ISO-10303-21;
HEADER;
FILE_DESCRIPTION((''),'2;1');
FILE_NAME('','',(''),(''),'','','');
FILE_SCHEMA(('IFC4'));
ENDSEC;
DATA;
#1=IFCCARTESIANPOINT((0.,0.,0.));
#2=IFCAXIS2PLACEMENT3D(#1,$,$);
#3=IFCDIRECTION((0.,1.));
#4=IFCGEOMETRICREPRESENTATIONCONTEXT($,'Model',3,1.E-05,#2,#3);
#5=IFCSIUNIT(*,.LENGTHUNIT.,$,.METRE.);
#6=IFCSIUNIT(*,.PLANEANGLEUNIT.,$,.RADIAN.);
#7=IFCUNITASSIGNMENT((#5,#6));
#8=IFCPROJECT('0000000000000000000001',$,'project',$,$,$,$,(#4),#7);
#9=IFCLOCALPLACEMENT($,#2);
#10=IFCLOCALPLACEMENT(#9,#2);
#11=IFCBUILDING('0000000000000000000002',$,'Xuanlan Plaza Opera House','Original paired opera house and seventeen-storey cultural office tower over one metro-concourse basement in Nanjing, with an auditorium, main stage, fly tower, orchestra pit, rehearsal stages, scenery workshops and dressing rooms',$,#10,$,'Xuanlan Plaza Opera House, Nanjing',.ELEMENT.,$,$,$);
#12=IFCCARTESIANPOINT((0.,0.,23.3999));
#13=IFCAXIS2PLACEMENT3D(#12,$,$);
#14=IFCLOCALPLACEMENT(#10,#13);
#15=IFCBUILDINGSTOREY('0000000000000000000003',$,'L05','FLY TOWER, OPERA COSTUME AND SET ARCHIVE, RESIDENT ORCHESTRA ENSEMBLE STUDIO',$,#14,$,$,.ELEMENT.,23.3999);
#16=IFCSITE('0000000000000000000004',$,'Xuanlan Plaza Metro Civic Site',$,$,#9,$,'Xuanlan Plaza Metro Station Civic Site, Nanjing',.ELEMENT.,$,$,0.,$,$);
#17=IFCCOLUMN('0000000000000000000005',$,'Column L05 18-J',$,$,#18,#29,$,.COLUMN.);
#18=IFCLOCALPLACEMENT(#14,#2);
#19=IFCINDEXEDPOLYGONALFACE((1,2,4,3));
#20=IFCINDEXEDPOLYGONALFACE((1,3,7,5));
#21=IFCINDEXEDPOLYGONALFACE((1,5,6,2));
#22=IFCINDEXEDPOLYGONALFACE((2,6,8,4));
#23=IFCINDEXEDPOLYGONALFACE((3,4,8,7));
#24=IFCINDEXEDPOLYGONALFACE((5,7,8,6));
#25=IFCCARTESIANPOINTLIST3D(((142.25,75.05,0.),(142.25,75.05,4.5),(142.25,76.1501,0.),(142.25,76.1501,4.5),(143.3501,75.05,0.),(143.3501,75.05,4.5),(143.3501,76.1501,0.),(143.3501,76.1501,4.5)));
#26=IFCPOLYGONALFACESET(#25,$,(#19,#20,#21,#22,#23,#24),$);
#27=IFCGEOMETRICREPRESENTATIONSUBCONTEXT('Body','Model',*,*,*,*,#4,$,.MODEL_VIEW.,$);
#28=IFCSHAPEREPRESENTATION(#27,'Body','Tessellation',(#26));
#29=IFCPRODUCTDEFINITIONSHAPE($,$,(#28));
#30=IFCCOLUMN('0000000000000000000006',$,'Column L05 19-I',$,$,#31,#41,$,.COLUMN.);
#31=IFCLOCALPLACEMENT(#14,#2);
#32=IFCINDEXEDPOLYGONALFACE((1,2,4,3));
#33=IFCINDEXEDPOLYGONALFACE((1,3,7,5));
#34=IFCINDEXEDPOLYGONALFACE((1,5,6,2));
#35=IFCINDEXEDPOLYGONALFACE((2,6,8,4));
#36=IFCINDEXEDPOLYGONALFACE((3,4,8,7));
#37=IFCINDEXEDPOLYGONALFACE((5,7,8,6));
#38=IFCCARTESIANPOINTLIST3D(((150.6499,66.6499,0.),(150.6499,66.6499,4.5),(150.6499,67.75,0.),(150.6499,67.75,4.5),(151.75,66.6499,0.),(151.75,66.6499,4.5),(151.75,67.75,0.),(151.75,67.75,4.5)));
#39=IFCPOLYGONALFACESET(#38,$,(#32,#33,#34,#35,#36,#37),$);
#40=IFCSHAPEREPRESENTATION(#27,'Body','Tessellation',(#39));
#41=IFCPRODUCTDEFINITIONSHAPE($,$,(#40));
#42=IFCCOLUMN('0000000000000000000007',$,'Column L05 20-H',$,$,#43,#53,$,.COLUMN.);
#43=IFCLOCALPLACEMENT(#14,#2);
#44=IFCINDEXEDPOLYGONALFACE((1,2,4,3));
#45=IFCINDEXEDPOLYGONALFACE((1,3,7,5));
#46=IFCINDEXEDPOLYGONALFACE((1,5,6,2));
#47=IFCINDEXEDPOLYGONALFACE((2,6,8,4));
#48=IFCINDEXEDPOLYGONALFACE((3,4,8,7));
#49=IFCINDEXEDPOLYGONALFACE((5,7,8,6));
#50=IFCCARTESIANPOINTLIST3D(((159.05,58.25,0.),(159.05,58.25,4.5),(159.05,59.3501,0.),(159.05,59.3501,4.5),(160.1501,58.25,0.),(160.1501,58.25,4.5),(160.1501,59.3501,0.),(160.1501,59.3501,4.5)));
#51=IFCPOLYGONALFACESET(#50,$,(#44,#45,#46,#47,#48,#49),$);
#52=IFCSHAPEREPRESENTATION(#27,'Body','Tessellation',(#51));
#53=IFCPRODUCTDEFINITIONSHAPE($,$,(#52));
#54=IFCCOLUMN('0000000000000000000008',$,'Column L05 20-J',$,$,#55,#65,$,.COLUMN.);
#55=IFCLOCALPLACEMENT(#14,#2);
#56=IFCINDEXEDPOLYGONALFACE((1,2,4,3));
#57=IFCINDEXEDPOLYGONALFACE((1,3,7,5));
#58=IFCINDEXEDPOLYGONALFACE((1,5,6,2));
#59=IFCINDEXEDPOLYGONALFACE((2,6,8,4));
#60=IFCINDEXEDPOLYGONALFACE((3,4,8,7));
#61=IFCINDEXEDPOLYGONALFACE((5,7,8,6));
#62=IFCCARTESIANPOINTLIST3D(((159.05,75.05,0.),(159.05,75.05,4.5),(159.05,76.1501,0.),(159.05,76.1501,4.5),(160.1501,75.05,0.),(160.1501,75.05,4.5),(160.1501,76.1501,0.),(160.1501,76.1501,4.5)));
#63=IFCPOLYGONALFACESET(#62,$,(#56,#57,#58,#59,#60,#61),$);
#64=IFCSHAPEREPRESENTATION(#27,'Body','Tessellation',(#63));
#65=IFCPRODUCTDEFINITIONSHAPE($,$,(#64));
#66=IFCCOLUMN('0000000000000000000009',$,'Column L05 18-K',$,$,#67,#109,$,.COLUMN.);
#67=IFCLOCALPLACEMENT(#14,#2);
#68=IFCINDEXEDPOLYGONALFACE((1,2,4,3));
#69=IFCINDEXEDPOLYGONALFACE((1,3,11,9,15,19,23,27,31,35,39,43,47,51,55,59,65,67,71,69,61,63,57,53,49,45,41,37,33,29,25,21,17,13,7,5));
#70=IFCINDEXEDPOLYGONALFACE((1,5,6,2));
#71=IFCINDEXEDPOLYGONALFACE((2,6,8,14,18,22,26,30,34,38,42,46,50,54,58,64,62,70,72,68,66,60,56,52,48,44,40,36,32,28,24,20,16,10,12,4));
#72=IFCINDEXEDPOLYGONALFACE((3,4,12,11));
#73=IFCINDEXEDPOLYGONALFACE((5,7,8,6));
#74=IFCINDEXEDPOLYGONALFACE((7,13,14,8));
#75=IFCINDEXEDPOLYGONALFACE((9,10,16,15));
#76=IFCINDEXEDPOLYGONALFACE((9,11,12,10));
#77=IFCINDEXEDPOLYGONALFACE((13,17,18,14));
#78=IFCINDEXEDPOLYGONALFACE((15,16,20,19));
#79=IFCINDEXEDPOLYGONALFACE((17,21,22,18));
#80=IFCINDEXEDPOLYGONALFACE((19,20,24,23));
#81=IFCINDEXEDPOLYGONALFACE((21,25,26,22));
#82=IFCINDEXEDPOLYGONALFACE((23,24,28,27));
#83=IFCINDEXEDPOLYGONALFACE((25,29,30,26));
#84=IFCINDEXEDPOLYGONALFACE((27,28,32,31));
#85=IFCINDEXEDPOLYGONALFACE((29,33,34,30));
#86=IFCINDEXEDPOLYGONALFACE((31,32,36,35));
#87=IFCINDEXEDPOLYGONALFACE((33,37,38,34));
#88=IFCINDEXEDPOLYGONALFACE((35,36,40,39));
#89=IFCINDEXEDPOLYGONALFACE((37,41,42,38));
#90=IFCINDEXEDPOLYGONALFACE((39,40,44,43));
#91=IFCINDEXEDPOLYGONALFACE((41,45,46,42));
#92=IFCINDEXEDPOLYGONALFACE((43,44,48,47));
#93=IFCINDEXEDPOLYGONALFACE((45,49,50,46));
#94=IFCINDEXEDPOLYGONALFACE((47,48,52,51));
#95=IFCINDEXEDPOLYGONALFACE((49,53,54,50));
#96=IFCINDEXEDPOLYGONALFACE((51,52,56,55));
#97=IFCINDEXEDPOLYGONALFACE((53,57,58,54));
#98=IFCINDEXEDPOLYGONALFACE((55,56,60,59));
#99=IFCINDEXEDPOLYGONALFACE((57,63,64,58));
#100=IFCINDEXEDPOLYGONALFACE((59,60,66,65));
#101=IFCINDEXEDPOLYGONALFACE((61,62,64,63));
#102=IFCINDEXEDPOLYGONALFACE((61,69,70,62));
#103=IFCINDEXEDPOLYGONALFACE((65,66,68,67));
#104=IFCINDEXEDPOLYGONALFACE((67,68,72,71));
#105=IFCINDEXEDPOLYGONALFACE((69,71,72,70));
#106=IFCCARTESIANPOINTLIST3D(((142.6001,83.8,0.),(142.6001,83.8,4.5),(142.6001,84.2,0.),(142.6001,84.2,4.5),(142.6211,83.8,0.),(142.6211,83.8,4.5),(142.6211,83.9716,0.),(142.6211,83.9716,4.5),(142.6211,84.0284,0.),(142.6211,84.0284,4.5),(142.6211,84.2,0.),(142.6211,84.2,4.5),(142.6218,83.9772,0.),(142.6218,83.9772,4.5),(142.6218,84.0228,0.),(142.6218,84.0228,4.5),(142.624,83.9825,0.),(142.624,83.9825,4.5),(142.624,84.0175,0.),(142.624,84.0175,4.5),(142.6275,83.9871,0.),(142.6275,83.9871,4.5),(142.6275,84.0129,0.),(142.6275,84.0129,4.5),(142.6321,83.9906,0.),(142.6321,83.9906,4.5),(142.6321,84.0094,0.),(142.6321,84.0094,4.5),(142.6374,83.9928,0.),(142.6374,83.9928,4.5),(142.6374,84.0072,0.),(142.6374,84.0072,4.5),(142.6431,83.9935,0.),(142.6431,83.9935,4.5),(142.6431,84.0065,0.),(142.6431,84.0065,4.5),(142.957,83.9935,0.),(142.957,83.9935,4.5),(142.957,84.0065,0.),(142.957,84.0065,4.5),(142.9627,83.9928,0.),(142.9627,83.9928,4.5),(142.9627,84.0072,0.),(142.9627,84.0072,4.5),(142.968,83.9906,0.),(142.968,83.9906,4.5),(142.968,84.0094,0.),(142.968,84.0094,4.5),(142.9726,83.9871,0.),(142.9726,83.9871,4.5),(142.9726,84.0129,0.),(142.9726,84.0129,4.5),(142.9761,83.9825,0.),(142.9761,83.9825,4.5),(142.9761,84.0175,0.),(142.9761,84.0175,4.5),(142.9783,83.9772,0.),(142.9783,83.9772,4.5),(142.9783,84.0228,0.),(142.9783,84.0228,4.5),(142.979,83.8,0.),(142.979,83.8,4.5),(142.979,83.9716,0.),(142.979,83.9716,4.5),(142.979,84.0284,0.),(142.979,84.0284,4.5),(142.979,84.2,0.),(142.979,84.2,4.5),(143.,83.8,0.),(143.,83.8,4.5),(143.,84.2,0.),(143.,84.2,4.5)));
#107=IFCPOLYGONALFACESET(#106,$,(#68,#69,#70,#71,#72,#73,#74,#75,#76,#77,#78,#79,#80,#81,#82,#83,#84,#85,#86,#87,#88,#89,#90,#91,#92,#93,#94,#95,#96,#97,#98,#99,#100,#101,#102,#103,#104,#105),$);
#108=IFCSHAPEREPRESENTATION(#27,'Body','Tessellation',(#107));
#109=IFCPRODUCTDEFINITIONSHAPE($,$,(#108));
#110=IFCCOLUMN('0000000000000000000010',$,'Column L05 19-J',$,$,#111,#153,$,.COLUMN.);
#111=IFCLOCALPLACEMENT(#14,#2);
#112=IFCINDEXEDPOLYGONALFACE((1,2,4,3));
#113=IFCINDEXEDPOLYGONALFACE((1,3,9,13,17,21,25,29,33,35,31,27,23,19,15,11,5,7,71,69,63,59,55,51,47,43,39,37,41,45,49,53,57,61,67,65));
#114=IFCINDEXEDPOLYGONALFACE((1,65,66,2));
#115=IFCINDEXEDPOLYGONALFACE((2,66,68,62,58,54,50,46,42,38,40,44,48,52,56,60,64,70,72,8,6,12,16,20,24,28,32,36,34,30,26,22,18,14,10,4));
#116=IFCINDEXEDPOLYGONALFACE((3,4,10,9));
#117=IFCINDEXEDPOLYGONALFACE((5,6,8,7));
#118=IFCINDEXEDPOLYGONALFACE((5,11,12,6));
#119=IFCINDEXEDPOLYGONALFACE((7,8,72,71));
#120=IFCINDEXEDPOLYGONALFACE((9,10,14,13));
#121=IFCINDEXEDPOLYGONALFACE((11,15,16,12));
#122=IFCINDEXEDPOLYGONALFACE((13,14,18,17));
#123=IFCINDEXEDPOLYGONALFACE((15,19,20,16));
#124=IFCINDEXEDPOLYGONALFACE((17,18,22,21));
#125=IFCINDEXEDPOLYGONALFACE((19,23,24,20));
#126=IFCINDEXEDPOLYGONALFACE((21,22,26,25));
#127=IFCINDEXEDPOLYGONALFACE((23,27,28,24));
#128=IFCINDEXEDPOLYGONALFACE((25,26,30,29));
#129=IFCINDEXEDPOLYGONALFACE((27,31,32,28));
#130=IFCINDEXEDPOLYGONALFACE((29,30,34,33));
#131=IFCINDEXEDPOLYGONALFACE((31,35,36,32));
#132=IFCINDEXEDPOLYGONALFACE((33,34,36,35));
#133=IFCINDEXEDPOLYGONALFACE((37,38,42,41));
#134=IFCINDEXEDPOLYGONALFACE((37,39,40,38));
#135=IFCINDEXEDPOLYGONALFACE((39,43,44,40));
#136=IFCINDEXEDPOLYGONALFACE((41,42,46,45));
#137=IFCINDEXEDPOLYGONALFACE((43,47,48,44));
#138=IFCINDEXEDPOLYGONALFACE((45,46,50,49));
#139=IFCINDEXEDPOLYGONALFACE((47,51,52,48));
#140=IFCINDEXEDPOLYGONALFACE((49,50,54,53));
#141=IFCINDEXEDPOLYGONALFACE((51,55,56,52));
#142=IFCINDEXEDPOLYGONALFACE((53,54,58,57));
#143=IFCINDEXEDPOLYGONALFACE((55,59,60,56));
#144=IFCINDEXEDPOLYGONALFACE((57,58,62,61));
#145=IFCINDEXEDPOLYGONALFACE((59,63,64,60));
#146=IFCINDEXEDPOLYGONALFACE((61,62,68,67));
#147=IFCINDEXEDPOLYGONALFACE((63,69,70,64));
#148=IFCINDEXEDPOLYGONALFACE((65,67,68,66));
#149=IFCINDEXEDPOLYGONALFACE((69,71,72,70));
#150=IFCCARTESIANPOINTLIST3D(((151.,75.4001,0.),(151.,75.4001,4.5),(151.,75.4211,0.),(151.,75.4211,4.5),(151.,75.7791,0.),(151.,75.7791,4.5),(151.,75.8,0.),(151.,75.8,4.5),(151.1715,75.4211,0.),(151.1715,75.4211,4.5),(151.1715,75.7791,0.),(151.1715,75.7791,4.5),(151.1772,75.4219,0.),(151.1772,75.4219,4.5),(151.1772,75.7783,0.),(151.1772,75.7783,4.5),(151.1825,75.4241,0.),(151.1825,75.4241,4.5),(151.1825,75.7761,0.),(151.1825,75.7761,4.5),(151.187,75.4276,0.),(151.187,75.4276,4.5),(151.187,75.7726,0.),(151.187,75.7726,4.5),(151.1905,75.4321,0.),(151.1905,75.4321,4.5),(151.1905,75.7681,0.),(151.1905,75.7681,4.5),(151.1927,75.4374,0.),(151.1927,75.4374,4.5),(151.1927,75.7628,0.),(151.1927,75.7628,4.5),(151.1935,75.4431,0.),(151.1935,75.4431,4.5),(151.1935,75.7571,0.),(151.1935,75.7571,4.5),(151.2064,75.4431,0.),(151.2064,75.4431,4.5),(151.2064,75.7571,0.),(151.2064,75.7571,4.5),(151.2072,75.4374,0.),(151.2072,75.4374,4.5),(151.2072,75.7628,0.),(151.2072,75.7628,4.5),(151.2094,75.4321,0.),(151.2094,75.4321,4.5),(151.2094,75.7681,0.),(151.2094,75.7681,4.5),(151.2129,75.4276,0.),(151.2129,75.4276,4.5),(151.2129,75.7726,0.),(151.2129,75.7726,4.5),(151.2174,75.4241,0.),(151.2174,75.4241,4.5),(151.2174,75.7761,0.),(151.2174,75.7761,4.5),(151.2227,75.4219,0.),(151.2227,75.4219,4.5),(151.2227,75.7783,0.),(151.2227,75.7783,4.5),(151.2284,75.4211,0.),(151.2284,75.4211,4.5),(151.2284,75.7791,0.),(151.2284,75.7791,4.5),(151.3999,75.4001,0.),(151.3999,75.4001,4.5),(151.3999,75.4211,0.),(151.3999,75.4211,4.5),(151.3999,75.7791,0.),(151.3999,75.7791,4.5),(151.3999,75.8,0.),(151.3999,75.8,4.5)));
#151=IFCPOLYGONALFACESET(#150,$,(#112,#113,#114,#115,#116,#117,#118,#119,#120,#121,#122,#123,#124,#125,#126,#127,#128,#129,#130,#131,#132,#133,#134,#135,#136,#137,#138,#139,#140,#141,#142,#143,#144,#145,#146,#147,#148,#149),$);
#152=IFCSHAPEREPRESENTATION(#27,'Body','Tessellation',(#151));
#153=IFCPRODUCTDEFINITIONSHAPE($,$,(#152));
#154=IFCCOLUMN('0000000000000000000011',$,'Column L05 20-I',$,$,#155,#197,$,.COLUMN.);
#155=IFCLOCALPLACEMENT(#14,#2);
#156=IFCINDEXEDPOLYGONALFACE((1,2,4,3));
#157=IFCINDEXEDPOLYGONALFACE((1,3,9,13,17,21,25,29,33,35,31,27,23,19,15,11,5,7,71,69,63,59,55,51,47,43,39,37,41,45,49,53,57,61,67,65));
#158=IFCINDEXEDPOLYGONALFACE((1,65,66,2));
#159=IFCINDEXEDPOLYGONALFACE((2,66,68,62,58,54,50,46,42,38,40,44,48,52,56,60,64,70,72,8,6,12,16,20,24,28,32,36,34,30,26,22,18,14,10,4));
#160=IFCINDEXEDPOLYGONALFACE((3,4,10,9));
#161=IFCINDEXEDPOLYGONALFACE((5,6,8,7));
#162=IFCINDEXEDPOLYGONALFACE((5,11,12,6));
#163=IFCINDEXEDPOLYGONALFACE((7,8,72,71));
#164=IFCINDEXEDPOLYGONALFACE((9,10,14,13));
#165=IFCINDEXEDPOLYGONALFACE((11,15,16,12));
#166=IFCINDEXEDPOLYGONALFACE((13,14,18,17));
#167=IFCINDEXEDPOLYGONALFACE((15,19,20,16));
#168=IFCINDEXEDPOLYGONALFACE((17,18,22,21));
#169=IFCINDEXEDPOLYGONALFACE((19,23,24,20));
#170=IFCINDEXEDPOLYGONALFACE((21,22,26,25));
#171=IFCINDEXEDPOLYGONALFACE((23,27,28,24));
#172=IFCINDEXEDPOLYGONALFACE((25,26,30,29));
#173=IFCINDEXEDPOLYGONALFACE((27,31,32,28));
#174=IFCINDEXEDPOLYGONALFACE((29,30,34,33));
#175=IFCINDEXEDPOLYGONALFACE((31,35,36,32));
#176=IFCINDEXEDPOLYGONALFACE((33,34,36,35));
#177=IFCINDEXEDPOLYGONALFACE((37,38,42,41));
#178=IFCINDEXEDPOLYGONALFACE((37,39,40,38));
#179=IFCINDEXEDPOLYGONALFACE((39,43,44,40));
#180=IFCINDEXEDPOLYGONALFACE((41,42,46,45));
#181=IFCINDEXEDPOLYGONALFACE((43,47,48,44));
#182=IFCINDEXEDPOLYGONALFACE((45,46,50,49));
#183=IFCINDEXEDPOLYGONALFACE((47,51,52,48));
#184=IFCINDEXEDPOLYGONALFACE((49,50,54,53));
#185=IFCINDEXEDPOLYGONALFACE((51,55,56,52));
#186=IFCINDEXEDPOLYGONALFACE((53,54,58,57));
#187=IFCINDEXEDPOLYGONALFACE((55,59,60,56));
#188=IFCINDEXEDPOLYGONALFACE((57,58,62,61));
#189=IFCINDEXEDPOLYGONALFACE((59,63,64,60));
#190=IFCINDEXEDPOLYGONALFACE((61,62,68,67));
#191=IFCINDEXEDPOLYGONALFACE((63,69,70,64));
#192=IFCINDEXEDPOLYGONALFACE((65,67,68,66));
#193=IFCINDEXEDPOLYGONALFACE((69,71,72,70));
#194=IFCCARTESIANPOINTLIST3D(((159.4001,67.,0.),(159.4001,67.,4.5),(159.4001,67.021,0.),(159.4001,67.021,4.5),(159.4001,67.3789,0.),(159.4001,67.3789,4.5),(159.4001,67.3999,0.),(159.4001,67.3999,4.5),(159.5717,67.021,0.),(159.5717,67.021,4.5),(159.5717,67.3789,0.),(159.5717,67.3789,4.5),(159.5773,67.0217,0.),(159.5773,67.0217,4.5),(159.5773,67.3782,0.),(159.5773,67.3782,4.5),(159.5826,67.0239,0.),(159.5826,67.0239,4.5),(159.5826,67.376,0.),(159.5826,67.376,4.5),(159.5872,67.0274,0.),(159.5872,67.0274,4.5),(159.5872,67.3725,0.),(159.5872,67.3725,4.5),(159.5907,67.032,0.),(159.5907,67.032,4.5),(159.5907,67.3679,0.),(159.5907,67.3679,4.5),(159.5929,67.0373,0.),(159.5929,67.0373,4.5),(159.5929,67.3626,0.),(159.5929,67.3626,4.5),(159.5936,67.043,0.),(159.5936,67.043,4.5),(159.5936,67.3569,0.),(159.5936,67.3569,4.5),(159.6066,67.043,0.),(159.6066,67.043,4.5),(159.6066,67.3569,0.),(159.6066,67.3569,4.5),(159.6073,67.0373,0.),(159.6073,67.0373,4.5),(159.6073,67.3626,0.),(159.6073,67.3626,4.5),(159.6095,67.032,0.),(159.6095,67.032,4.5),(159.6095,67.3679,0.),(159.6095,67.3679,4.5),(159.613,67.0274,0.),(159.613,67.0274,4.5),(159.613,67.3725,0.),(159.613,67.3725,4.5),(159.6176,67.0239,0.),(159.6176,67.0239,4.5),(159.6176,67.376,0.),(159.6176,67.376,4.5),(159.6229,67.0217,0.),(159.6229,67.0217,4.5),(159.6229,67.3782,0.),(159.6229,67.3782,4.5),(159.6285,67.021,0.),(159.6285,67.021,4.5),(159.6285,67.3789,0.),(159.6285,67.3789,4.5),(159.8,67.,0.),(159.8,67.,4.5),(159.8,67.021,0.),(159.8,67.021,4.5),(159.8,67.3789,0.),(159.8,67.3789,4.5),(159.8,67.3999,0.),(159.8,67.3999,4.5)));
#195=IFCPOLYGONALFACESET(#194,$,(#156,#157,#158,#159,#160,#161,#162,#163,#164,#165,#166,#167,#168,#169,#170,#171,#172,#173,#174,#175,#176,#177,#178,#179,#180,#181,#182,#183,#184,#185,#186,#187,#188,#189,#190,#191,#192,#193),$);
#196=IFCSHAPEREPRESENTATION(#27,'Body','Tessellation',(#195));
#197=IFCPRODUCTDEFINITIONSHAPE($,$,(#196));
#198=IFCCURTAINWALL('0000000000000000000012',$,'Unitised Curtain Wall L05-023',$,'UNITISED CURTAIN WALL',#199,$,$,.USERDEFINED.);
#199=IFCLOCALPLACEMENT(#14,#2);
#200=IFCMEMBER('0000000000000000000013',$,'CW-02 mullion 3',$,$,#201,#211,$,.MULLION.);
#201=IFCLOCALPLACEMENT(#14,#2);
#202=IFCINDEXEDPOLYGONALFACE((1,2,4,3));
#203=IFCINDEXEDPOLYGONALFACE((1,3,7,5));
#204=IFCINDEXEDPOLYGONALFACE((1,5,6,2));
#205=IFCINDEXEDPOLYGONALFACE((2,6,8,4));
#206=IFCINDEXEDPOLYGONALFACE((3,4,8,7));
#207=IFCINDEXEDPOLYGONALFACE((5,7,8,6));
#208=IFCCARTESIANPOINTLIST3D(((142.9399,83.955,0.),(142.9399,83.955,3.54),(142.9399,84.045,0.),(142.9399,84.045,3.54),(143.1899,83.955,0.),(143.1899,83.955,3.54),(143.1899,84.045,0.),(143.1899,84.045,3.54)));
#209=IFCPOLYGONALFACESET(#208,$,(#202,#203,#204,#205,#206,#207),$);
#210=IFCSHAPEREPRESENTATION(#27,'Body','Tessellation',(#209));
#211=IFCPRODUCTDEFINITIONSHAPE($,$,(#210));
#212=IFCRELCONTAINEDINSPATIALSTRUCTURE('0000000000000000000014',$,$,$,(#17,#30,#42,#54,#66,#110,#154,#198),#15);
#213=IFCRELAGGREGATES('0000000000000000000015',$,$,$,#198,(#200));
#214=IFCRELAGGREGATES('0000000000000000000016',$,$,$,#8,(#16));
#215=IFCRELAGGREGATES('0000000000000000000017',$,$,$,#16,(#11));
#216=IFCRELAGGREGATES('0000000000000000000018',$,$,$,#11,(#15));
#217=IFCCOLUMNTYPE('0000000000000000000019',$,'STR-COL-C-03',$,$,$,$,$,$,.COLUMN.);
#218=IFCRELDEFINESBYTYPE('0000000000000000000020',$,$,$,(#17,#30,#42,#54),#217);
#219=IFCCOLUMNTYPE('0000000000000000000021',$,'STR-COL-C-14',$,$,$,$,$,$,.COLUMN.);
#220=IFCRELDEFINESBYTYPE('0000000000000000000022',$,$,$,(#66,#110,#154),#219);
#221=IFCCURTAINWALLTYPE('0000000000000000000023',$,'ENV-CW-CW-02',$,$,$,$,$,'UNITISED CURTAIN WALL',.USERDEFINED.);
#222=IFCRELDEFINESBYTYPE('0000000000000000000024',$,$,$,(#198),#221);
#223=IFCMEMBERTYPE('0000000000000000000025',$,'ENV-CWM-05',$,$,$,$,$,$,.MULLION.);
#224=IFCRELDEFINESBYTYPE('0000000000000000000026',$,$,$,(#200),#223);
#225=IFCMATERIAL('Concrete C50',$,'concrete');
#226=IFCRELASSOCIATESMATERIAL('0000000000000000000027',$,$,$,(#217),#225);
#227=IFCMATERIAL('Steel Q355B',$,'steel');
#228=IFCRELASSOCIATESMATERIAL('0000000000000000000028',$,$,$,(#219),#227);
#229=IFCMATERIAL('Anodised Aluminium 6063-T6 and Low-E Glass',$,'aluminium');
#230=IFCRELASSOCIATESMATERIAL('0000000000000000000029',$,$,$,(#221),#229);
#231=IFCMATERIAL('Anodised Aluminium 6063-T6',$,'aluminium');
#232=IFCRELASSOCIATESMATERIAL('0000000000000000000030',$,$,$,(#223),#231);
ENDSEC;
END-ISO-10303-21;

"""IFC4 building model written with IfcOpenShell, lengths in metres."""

from ifc_helpers import new_model, si_unit, direction, frame, origin, origin_2d, place, context, subcontext, project, spatial, rectangle, i_section, extrude, material, material_profile, profile_set, type_object, element, aggregate, save


model = new_model("IFC4")

# Units and contexts
model_context = context("Model", 3, precision=1e-05, world=origin(), true_north=direction((0.0, 1.0)))
body_context = subcontext(model_context, "Body", "Model", "MODEL_VIEW")
ifc_project = project(units=[si_unit("LENGTHUNIT", "METRE"), si_unit("PLANEANGLEUNIT", "RADIAN")], contexts=[model_context])

# Site, building, storey
site_placement = place(None, origin())
site = spatial("IfcSite", under=ifc_project, at=site_placement, Name="Xuanlan Plaza Metro Civic Site", LongName="Xuanlan Plaza Metro Station Civic Site, Nanjing", CompositionType="ELEMENT", RefElevation=0.0)
building_placement = place(site_placement, origin())
building = spatial("IfcBuilding", under=site, at=building_placement, Name="Xuanlan Plaza Opera House", Description="Original paired opera house and seventeen-storey cultural office tower over one metro-concourse basement in Nanjing, with an auditorium, main stage, fly tower, orchestra pit, rehearsal stages, scenery workshops and dressing rooms", LongName="Xuanlan Plaza Opera House, Nanjing", CompositionType="ELEMENT")
storey_placement = place(building_placement, frame((0.0, 0.0, 23.3999)))
storey = spatial("IfcBuildingStorey", under=building, at=storey_placement, Name="L05", Description="FLY TOWER, OPERA COSTUME AND SET ARCHIVE, RESIDENT ORCHESTRA ENSEMBLE STUDIO", CompositionType="ELEMENT", Elevation=23.3999)

# Columns
ifc_material_1 = material(Name="Concrete C50", Category="concrete")
ifc_material_profile_1 = material_profile(ifc_material_1, rectangle(XDim=1.1001, YDim=1.1001, at=origin_2d()), Name="RC-COL 1100x1100")
ifc_profile_set_1 = profile_set([ifc_material_profile_1], Name="Concrete C50")
column_type_1 = type_object("IfcColumnType", Name="STR-COL-C-03", PredefinedType="COLUMN", material=ifc_profile_set_1)
for number, where, z_axis, x_axis, name in (
    (1, (142.8, 75.6001, 0.0), (0.0, 0.0, 1.0), (1.0, 0.0, 0.0), "Column L05 18-J"),
    (2, (151.2, 67.2, 0.0), (0.0, 0.0, 1.0), (1.0, 0.0, 0.0), "Column L05 19-I"),
    (3, (159.6001, 58.8, 0.0), (0.0, 0.0, 1.0), (1.0, 0.0, 0.0), "Column L05 20-H"),
    (4, (159.6001, 75.6001, 0.0), (0.0, 0.0, 1.0), (1.0, 0.0, 0.0), "Column L05 20-J"),
):
    element("IfcColumn", number, at=place(storey_placement, frame(where, z_axis=z_axis, x_axis=x_axis)), inside=storey, type_object=column_type_1, Name=name, PredefinedType="COLUMN", context=body_context, shape_type="SweptSolid", body=[
        extrude(rectangle(XDim=1.1001, YDim=1.1001, at=origin_2d()), origin(), (0.0, 0.0, 1.0), 4.5),
    ])
ifc_material_2 = material(Name="Steel Q355B", Category="steel")
ifc_material_profile_2 = material_profile(ifc_material_2, i_section(OverallWidth=0.3999, OverallDepth=0.3999, WebThickness=0.0129, FlangeThickness=0.021, FilletRadius=0.022, at=origin_2d()), Name="HW 400x400x13x21")
ifc_profile_set_2 = profile_set([ifc_material_profile_2], Name="Steel Q355B")
column_type_2 = type_object("IfcColumnType", Name="STR-COL-C-14", PredefinedType="COLUMN", material=ifc_profile_set_2)
for number, where, z_axis, x_axis, name in (
    (5, (142.8, 84.0, 0.0), (0.0, 0.0, 1.0), (0.0, 1.0, 0.0), "Column L05 18-K"),
    (6, (151.2, 75.6001, 0.0), (0.0, 0.0, 1.0), (1.0, 0.0, 0.0), "Column L05 19-J"),
    (7, (159.6001, 67.2, 0.0), (0.0, 0.0, 1.0), (1.0, 0.0, 0.0), "Column L05 20-I"),
):
    element("IfcColumn", number, at=place(storey_placement, frame(where, z_axis=z_axis, x_axis=x_axis)), inside=storey, type_object=column_type_2, Name=name, PredefinedType="COLUMN", context=body_context, shape_type="SweptSolid", body=[
        extrude(i_section(OverallWidth=0.3999, OverallDepth=0.3999, WebThickness=0.0129, FlangeThickness=0.021, FilletRadius=0.022, at=origin_2d()), origin(), (0.0, 0.0, 1.0), 4.5),
    ])

# Curtain wall, member
ifc_material_3 = material(Name="Anodised Aluminium 6063-T6 and Low-E Glass", Category="aluminium")
curtain_wall_type = type_object("IfcCurtainWallType", Name="ENV-CW-CW-02", ElementType="UNITISED CURTAIN WALL", PredefinedType="USERDEFINED", material=ifc_material_3)
curtain_wall_placement = place(storey_placement, origin())
curtain_wall = element("IfcCurtainWall", 8, at=curtain_wall_placement, inside=storey, type_object=curtain_wall_type, Name="Unitised Curtain Wall L05-023", ObjectType="UNITISED CURTAIN WALL", PredefinedType="USERDEFINED")
ifc_material_4 = material(Name="Anodised Aluminium 6063-T6", Category="aluminium")
ifc_material_profile_3 = material_profile(ifc_material_4, rectangle(XDim=0.0901, YDim=0.25, at=origin_2d()), Name="ALU-M 90x250")
ifc_profile_set_3 = profile_set([ifc_material_profile_3], Name="Anodised Aluminium 6063-T6")
member_type = type_object("IfcMemberType", Name="ENV-CWM-05", PredefinedType="MULLION", material=ifc_profile_set_3)
member_placement = place(storey_placement, frame((143.0649, 84.0, 0.0), z_axis=(0.0, 0.0, 1.0), x_axis=(0.0, -1.0, 0.0)))
member = element("IfcMember", 9, at=member_placement, type_object=member_type, Name="CW-02 mullion 3", PredefinedType="MULLION", context=body_context, shape_type="SweptSolid", body=[
    extrude(rectangle(XDim=0.0901, YDim=0.25, at=origin_2d()), origin(), (0.0, 0.0, 1.0), 3.54),
])

aggregate(curtain_wall, [member])

save(model, "model.ifc")
